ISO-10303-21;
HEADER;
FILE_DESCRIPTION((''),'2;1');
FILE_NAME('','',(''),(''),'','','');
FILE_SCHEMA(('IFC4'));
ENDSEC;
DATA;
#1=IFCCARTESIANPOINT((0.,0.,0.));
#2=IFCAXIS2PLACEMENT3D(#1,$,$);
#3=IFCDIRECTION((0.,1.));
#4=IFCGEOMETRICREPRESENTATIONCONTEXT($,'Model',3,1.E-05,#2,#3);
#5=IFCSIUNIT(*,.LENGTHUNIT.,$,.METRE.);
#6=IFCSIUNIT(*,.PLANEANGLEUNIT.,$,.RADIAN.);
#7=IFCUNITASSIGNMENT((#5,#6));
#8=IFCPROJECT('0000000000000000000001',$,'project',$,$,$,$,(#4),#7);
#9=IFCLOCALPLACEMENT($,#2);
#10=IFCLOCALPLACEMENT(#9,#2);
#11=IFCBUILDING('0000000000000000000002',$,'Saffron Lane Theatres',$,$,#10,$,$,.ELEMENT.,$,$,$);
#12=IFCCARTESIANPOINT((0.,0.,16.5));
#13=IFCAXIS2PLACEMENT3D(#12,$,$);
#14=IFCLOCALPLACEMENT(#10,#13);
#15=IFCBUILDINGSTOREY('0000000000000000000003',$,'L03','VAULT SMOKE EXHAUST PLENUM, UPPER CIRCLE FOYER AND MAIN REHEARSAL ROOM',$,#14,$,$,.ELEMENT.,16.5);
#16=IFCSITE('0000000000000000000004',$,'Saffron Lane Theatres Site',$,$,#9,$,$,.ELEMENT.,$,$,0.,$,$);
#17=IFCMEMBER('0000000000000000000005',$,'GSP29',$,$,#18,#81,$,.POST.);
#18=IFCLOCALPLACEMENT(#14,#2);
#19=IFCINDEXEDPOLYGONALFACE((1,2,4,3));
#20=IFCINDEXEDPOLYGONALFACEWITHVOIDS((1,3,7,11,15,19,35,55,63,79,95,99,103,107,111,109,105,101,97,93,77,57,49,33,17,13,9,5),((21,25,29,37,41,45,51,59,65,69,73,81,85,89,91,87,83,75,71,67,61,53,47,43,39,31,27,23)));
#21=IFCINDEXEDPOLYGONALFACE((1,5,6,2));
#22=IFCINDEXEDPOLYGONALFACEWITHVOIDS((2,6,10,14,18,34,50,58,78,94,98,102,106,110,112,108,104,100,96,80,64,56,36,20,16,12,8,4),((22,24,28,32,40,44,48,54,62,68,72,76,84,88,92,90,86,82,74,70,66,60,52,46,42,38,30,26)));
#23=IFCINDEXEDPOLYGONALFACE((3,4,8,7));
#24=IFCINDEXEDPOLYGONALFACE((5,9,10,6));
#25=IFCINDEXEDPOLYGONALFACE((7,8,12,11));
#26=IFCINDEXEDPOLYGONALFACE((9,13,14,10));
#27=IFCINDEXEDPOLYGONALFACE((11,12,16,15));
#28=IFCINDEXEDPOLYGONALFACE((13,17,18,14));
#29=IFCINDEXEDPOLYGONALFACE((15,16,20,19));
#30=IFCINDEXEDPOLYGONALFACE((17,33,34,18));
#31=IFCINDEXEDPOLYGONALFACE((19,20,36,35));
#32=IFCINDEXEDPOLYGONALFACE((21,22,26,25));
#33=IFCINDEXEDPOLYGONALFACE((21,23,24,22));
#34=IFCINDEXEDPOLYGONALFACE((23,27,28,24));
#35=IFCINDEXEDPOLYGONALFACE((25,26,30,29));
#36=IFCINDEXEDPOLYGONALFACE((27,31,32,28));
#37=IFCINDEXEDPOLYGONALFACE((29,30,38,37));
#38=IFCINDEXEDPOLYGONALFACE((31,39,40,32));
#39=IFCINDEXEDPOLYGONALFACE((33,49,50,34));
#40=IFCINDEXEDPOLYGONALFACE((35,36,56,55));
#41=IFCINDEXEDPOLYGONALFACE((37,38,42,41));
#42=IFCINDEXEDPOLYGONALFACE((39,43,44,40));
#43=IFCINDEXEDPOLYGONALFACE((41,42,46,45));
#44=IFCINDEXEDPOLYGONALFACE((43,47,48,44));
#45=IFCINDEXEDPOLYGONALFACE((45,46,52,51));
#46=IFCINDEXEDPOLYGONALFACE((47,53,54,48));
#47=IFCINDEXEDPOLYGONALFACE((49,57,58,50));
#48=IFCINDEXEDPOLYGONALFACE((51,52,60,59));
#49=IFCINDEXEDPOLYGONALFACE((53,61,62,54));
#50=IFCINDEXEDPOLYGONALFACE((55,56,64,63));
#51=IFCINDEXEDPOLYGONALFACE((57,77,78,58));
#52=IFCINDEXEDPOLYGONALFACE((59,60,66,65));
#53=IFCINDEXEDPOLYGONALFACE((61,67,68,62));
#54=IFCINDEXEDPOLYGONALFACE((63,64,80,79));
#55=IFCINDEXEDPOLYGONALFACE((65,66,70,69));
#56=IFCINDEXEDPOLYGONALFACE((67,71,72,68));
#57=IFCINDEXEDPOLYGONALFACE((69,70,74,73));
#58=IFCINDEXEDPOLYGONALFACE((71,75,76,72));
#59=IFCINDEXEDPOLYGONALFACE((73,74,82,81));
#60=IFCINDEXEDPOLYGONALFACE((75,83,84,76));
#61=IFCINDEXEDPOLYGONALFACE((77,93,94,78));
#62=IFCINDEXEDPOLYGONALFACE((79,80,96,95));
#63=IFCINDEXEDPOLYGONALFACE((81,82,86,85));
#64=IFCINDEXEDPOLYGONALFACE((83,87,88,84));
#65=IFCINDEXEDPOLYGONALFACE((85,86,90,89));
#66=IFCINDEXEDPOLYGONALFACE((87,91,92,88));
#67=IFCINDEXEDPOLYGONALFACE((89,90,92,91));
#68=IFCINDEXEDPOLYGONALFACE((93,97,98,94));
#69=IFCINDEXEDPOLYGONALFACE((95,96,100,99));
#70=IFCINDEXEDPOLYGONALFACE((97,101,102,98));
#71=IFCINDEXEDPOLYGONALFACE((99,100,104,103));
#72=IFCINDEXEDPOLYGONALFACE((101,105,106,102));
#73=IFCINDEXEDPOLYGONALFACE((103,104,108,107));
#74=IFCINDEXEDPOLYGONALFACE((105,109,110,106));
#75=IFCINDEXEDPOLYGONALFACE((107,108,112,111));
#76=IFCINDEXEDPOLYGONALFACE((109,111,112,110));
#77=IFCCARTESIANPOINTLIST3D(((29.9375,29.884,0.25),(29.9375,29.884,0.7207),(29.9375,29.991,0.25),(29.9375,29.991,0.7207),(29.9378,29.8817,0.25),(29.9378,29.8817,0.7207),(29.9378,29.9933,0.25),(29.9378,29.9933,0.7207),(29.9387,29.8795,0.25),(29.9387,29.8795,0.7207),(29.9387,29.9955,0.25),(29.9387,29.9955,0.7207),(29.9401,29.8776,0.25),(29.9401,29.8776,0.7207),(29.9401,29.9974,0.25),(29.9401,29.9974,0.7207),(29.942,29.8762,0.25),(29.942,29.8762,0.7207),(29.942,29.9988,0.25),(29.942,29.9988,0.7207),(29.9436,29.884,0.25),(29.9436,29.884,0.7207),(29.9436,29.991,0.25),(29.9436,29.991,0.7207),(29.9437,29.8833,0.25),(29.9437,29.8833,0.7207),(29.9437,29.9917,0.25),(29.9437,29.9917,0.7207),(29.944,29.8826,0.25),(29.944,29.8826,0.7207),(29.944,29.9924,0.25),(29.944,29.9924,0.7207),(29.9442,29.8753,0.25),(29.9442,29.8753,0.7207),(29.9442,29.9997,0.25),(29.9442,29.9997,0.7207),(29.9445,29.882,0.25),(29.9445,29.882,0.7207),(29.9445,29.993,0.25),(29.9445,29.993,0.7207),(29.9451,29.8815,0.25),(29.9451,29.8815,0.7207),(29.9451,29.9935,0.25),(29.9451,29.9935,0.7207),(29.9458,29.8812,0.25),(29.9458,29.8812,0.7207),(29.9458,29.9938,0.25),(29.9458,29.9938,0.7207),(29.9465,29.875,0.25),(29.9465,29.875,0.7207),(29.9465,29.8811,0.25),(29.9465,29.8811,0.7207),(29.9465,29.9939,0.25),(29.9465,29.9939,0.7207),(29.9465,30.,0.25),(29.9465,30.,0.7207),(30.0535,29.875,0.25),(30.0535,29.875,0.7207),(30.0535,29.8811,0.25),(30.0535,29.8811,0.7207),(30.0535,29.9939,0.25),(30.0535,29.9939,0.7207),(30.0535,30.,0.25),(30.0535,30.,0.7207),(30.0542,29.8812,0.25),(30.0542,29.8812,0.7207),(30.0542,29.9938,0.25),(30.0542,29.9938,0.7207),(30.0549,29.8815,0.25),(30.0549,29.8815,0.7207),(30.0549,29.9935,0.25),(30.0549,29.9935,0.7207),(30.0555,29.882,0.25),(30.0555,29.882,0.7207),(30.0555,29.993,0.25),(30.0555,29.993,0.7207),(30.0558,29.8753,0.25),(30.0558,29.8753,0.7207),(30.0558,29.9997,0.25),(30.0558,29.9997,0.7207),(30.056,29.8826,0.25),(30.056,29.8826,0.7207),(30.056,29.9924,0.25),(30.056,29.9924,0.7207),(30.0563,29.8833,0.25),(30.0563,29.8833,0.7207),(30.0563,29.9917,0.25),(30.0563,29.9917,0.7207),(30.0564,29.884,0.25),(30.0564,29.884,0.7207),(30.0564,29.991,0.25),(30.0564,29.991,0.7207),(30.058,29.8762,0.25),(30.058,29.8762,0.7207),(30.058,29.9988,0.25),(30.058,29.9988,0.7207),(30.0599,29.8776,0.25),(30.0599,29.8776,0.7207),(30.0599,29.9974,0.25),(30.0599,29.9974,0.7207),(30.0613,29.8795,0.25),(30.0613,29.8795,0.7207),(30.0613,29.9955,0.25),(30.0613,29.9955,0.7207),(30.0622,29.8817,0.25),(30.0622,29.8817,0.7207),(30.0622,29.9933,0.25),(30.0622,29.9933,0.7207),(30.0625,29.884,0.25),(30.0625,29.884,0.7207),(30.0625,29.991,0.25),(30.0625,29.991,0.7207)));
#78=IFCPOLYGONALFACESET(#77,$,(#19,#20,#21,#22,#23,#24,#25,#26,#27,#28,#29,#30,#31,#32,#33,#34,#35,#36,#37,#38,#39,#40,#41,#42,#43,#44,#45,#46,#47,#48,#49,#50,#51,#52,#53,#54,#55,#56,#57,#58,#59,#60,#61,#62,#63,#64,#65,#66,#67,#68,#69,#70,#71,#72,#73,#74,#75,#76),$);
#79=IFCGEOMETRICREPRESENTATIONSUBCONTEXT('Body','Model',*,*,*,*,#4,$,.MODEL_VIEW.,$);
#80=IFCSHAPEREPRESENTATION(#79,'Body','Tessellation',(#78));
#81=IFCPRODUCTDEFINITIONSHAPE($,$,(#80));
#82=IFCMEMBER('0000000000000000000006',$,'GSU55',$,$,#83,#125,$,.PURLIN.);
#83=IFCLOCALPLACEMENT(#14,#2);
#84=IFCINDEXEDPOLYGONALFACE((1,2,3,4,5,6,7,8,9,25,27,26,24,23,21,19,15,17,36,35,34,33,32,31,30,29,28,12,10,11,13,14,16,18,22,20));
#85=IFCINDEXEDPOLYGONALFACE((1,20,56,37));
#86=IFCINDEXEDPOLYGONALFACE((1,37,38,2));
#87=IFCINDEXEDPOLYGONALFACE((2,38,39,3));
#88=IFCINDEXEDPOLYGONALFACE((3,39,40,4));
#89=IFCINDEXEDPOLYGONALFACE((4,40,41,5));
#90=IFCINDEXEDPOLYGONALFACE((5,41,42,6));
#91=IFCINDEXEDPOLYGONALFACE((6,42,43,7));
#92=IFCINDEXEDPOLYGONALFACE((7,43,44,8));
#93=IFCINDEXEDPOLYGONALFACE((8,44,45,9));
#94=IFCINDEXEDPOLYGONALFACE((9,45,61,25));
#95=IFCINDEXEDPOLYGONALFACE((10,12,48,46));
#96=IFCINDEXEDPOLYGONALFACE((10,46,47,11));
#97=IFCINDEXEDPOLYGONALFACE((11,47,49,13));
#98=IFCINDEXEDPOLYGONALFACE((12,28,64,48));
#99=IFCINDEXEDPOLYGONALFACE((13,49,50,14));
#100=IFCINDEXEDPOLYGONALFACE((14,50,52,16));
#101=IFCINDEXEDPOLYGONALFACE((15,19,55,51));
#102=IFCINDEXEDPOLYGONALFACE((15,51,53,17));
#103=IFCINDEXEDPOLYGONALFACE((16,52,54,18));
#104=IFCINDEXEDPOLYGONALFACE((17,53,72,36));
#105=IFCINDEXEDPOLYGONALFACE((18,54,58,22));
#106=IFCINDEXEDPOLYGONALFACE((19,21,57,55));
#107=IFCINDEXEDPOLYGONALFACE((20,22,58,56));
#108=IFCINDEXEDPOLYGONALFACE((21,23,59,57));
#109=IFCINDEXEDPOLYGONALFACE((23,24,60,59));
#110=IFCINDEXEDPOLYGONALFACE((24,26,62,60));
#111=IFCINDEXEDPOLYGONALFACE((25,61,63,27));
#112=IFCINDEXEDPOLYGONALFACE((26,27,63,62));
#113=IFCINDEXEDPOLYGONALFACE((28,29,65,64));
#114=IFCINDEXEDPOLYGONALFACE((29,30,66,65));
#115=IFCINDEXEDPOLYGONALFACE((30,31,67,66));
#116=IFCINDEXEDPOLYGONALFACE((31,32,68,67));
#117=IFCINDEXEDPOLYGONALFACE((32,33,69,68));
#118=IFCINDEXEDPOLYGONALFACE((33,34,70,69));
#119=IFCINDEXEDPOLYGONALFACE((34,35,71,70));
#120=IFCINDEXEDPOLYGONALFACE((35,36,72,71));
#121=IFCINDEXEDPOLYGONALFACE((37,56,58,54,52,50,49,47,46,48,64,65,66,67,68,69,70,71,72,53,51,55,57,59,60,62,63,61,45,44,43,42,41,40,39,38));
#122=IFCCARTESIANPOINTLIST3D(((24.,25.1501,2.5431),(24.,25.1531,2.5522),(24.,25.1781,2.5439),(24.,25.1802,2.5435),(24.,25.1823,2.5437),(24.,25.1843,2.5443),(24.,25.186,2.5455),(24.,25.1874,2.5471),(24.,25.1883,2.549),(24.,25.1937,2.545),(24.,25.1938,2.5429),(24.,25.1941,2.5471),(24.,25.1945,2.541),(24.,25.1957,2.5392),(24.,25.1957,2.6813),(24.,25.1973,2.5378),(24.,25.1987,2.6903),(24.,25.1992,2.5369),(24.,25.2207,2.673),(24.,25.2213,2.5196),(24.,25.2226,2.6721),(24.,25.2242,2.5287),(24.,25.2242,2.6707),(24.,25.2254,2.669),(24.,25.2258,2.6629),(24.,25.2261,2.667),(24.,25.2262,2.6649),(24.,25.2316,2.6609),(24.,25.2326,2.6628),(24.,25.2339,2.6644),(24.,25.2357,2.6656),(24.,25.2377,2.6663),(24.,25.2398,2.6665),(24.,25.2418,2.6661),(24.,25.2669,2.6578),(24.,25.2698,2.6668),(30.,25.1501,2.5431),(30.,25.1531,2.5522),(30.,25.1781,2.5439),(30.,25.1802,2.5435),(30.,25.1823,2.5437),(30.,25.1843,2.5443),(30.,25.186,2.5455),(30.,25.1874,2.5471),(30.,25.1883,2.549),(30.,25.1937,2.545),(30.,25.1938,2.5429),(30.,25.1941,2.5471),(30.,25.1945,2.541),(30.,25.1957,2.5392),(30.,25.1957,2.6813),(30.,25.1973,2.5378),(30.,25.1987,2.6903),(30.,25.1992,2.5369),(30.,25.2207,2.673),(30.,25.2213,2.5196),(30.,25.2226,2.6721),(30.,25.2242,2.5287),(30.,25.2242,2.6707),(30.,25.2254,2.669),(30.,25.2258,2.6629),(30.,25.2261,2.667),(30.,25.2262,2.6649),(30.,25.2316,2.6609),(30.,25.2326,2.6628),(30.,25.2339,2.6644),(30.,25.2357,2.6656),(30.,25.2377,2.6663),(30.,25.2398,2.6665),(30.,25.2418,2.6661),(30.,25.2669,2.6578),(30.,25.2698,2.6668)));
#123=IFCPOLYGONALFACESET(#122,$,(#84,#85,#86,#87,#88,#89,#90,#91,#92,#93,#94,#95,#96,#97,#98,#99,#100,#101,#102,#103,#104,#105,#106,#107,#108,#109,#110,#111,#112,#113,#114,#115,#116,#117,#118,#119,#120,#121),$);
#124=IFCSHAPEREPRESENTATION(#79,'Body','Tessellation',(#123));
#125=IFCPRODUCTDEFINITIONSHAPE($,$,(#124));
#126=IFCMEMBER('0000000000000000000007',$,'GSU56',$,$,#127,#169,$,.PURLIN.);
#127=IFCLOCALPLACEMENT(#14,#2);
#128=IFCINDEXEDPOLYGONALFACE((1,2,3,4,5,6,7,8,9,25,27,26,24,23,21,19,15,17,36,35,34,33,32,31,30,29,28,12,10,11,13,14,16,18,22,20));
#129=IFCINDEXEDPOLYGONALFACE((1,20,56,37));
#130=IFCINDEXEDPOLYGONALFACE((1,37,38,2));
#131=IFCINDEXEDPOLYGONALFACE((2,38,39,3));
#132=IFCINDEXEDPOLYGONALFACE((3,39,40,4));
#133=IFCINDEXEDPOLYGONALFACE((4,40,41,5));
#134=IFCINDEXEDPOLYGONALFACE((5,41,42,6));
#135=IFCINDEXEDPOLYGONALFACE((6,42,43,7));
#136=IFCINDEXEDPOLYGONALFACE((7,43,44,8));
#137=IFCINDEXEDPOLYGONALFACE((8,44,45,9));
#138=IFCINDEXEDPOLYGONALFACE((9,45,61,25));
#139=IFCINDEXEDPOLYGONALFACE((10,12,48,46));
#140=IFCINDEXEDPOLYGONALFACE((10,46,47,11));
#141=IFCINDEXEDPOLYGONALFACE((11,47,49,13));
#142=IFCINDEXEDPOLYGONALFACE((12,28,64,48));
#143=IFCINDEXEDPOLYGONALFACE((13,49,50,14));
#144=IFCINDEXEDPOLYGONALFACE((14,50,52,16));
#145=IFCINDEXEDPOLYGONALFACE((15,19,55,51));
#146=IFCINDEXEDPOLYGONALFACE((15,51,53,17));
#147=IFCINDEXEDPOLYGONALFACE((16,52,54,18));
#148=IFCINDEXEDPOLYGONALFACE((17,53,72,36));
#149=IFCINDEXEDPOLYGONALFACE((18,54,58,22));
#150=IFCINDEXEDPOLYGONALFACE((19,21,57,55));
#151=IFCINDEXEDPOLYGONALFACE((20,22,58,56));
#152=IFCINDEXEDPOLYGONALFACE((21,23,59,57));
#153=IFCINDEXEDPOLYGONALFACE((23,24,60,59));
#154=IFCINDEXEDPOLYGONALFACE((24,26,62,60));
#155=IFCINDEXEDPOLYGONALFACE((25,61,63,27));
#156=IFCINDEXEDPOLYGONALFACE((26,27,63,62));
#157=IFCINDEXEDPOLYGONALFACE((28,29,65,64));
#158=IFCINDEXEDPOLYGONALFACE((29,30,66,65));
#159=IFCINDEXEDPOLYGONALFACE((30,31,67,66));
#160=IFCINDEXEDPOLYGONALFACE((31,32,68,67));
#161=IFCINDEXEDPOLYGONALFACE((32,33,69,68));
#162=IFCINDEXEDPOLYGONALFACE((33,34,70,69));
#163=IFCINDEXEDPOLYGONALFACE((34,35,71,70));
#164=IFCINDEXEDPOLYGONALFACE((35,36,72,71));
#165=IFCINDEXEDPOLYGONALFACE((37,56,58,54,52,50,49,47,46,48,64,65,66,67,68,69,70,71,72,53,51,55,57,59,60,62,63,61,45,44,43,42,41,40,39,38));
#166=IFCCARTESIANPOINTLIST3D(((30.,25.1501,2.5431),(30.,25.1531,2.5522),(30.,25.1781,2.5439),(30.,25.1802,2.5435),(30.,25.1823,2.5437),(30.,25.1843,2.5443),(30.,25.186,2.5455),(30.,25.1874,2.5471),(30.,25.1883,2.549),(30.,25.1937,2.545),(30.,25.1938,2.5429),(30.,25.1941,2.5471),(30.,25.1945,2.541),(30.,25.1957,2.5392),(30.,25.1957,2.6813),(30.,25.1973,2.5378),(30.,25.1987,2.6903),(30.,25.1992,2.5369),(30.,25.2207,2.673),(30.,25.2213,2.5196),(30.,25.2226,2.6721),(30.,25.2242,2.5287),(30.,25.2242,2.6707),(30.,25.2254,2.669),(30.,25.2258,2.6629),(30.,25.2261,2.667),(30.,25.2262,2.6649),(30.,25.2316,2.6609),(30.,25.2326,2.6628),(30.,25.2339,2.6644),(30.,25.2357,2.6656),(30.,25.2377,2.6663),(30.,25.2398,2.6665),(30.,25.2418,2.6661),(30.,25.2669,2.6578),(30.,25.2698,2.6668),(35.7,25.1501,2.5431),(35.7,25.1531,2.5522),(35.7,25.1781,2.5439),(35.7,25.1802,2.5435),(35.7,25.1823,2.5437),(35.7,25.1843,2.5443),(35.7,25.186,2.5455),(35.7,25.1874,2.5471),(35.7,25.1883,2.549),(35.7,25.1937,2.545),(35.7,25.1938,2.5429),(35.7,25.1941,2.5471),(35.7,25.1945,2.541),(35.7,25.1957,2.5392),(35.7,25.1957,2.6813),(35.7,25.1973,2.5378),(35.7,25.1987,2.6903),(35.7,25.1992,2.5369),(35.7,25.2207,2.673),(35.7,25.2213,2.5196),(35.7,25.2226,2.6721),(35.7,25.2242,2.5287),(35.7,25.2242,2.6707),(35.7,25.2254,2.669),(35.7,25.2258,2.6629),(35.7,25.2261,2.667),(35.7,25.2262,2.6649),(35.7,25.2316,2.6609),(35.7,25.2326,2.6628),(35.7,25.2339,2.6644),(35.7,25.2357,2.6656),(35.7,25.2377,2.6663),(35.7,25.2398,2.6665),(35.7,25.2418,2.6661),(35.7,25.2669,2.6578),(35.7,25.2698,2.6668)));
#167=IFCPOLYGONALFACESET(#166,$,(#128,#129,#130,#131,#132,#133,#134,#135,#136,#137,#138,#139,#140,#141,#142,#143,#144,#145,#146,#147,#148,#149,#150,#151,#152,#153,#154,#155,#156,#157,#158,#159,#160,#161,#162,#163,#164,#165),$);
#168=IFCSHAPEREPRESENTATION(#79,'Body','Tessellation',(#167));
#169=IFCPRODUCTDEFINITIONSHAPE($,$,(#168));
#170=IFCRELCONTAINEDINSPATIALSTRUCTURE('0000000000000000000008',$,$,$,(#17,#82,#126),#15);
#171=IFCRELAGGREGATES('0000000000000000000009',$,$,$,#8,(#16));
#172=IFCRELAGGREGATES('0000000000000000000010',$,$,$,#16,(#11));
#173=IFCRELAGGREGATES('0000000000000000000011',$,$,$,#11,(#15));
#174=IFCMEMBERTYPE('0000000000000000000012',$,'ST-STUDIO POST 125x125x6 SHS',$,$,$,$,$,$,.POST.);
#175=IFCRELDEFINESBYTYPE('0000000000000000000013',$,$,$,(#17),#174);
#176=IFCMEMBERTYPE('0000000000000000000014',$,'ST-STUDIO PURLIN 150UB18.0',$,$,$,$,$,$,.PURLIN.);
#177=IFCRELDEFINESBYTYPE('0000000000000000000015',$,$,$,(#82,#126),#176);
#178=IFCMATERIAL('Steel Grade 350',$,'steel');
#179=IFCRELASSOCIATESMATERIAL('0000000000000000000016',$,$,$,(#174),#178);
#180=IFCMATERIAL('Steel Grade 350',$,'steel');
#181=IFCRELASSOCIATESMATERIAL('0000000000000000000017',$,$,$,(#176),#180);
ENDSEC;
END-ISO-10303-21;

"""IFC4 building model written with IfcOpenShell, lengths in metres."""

from ifc_helpers import new_model, si_unit, direction, frame, origin, origin_2d, place, context, subcontext, project, spatial, hollow_rectangle, i_section, extrude, material, material_profile, profile_set, type_object, element, save


model = new_model("IFC4")

# Units and contexts
model_context = context("Model", 3, precision=1e-05, world=origin(), true_north=direction((0.0, 1.0)))
body_context = subcontext(model_context, "Body", "Model", "MODEL_VIEW")
ifc_project = project(units=[si_unit("LENGTHUNIT", "METRE"), si_unit("PLANEANGLEUNIT", "RADIAN")], contexts=[model_context])

# Site, building, storey
site_placement = place(None, origin())
site = spatial("IfcSite", under=ifc_project, at=site_placement, Name="Saffron Lane Theatres Site", CompositionType="ELEMENT", RefElevation=0.0)
building_placement = place(site_placement, origin())
building = spatial("IfcBuilding", under=site, at=building_placement, Name="Saffron Lane Theatres", CompositionType="ELEMENT")
storey_placement = place(building_placement, frame((0.0, 0.0, 16.5)))
storey = spatial("IfcBuildingStorey", under=building, at=storey_placement, Name="L03", Description="VAULT SMOKE EXHAUST PLENUM, UPPER CIRCLE FOYER AND MAIN REHEARSAL ROOM", CompositionType="ELEMENT", Elevation=16.5)

# Members
ifc_material_1 = material(Name="Steel Grade 350", Category="steel")
ifc_material_profile_1 = material_profile(ifc_material_1, hollow_rectangle(XDim=0.125, YDim=0.125, WallThickness=0.0061, InnerFilletRadius=0.0029, OuterFilletRadius=0.009, at=origin_2d()))
ifc_profile_set_1 = profile_set([ifc_material_profile_1], Name="Steel Grade 350")
member_type_1 = type_object("IfcMemberType", Name="ST-STUDIO POST 125x125x6 SHS", PredefinedType="POST", material=ifc_profile_set_1)
member_1_placement = place(storey_placement, frame((30.0, 29.9375, 0.25), z_axis=(0.0, 0.0, 1.0), x_axis=(1.0, 0.0, 0.0)))
element("IfcMember", 1, at=member_1_placement, inside=storey, type_object=member_type_1, Name="GSP29", PredefinedType="POST", context=body_context, shape_type="SweptSolid", body=[
    extrude(hollow_rectangle(XDim=0.125, YDim=0.125, WallThickness=0.0061, InnerFilletRadius=0.0029, OuterFilletRadius=0.009, at=origin_2d()), origin(), (0.0, 0.0, 1.0), 0.4707),
])
ifc_material_2 = material(Name="Steel Grade 350", Category="steel")
ifc_material_profile_2 = material_profile(ifc_material_2, i_section(OverallWidth=0.075, OverallDepth=0.155, WebThickness=0.0061, FlangeThickness=0.0095, FilletRadius=0.0081, at=origin_2d()))
ifc_profile_set_2 = profile_set([ifc_material_profile_2], Name="Steel Grade 350")
member_type_2 = type_object("IfcMemberType", Name="ST-STUDIO PURLIN 150UB18.0", PredefinedType="PURLIN", material=ifc_profile_set_2)
member_2_placement = place(storey_placement, frame((24.0, 25.21, 2.605), z_axis=(1.0, 0.0, 0.0), x_axis=(0.0, 0.949629, -0.313377)))
element("IfcMember", 2, at=member_2_placement, inside=storey, type_object=member_type_2, Name="GSU55", PredefinedType="PURLIN", context=body_context, shape_type="SweptSolid", body=[
    extrude(i_section(OverallWidth=0.075, OverallDepth=0.155, WebThickness=0.0061, FlangeThickness=0.0095, FilletRadius=0.0081, at=origin_2d()), origin(), (0.0, 0.0, 1.0), 6.0),
])
member_3_placement = place(storey_placement, frame((30.0, 25.21, 2.605), z_axis=(1.0, 0.0, 0.0), x_axis=(0.0, 0.949629, -0.313377)))
element("IfcMember", 3, at=member_3_placement, inside=storey, type_object=member_type_2, Name="GSU56", PredefinedType="PURLIN", context=body_context, shape_type="SweptSolid", body=[
    extrude(i_section(OverallWidth=0.075, OverallDepth=0.155, WebThickness=0.0061, FlangeThickness=0.0095, FilletRadius=0.0081, at=origin_2d()), origin(), (0.0, 0.0, 1.0), 5.7),
])

save(model, "model.ifc")
